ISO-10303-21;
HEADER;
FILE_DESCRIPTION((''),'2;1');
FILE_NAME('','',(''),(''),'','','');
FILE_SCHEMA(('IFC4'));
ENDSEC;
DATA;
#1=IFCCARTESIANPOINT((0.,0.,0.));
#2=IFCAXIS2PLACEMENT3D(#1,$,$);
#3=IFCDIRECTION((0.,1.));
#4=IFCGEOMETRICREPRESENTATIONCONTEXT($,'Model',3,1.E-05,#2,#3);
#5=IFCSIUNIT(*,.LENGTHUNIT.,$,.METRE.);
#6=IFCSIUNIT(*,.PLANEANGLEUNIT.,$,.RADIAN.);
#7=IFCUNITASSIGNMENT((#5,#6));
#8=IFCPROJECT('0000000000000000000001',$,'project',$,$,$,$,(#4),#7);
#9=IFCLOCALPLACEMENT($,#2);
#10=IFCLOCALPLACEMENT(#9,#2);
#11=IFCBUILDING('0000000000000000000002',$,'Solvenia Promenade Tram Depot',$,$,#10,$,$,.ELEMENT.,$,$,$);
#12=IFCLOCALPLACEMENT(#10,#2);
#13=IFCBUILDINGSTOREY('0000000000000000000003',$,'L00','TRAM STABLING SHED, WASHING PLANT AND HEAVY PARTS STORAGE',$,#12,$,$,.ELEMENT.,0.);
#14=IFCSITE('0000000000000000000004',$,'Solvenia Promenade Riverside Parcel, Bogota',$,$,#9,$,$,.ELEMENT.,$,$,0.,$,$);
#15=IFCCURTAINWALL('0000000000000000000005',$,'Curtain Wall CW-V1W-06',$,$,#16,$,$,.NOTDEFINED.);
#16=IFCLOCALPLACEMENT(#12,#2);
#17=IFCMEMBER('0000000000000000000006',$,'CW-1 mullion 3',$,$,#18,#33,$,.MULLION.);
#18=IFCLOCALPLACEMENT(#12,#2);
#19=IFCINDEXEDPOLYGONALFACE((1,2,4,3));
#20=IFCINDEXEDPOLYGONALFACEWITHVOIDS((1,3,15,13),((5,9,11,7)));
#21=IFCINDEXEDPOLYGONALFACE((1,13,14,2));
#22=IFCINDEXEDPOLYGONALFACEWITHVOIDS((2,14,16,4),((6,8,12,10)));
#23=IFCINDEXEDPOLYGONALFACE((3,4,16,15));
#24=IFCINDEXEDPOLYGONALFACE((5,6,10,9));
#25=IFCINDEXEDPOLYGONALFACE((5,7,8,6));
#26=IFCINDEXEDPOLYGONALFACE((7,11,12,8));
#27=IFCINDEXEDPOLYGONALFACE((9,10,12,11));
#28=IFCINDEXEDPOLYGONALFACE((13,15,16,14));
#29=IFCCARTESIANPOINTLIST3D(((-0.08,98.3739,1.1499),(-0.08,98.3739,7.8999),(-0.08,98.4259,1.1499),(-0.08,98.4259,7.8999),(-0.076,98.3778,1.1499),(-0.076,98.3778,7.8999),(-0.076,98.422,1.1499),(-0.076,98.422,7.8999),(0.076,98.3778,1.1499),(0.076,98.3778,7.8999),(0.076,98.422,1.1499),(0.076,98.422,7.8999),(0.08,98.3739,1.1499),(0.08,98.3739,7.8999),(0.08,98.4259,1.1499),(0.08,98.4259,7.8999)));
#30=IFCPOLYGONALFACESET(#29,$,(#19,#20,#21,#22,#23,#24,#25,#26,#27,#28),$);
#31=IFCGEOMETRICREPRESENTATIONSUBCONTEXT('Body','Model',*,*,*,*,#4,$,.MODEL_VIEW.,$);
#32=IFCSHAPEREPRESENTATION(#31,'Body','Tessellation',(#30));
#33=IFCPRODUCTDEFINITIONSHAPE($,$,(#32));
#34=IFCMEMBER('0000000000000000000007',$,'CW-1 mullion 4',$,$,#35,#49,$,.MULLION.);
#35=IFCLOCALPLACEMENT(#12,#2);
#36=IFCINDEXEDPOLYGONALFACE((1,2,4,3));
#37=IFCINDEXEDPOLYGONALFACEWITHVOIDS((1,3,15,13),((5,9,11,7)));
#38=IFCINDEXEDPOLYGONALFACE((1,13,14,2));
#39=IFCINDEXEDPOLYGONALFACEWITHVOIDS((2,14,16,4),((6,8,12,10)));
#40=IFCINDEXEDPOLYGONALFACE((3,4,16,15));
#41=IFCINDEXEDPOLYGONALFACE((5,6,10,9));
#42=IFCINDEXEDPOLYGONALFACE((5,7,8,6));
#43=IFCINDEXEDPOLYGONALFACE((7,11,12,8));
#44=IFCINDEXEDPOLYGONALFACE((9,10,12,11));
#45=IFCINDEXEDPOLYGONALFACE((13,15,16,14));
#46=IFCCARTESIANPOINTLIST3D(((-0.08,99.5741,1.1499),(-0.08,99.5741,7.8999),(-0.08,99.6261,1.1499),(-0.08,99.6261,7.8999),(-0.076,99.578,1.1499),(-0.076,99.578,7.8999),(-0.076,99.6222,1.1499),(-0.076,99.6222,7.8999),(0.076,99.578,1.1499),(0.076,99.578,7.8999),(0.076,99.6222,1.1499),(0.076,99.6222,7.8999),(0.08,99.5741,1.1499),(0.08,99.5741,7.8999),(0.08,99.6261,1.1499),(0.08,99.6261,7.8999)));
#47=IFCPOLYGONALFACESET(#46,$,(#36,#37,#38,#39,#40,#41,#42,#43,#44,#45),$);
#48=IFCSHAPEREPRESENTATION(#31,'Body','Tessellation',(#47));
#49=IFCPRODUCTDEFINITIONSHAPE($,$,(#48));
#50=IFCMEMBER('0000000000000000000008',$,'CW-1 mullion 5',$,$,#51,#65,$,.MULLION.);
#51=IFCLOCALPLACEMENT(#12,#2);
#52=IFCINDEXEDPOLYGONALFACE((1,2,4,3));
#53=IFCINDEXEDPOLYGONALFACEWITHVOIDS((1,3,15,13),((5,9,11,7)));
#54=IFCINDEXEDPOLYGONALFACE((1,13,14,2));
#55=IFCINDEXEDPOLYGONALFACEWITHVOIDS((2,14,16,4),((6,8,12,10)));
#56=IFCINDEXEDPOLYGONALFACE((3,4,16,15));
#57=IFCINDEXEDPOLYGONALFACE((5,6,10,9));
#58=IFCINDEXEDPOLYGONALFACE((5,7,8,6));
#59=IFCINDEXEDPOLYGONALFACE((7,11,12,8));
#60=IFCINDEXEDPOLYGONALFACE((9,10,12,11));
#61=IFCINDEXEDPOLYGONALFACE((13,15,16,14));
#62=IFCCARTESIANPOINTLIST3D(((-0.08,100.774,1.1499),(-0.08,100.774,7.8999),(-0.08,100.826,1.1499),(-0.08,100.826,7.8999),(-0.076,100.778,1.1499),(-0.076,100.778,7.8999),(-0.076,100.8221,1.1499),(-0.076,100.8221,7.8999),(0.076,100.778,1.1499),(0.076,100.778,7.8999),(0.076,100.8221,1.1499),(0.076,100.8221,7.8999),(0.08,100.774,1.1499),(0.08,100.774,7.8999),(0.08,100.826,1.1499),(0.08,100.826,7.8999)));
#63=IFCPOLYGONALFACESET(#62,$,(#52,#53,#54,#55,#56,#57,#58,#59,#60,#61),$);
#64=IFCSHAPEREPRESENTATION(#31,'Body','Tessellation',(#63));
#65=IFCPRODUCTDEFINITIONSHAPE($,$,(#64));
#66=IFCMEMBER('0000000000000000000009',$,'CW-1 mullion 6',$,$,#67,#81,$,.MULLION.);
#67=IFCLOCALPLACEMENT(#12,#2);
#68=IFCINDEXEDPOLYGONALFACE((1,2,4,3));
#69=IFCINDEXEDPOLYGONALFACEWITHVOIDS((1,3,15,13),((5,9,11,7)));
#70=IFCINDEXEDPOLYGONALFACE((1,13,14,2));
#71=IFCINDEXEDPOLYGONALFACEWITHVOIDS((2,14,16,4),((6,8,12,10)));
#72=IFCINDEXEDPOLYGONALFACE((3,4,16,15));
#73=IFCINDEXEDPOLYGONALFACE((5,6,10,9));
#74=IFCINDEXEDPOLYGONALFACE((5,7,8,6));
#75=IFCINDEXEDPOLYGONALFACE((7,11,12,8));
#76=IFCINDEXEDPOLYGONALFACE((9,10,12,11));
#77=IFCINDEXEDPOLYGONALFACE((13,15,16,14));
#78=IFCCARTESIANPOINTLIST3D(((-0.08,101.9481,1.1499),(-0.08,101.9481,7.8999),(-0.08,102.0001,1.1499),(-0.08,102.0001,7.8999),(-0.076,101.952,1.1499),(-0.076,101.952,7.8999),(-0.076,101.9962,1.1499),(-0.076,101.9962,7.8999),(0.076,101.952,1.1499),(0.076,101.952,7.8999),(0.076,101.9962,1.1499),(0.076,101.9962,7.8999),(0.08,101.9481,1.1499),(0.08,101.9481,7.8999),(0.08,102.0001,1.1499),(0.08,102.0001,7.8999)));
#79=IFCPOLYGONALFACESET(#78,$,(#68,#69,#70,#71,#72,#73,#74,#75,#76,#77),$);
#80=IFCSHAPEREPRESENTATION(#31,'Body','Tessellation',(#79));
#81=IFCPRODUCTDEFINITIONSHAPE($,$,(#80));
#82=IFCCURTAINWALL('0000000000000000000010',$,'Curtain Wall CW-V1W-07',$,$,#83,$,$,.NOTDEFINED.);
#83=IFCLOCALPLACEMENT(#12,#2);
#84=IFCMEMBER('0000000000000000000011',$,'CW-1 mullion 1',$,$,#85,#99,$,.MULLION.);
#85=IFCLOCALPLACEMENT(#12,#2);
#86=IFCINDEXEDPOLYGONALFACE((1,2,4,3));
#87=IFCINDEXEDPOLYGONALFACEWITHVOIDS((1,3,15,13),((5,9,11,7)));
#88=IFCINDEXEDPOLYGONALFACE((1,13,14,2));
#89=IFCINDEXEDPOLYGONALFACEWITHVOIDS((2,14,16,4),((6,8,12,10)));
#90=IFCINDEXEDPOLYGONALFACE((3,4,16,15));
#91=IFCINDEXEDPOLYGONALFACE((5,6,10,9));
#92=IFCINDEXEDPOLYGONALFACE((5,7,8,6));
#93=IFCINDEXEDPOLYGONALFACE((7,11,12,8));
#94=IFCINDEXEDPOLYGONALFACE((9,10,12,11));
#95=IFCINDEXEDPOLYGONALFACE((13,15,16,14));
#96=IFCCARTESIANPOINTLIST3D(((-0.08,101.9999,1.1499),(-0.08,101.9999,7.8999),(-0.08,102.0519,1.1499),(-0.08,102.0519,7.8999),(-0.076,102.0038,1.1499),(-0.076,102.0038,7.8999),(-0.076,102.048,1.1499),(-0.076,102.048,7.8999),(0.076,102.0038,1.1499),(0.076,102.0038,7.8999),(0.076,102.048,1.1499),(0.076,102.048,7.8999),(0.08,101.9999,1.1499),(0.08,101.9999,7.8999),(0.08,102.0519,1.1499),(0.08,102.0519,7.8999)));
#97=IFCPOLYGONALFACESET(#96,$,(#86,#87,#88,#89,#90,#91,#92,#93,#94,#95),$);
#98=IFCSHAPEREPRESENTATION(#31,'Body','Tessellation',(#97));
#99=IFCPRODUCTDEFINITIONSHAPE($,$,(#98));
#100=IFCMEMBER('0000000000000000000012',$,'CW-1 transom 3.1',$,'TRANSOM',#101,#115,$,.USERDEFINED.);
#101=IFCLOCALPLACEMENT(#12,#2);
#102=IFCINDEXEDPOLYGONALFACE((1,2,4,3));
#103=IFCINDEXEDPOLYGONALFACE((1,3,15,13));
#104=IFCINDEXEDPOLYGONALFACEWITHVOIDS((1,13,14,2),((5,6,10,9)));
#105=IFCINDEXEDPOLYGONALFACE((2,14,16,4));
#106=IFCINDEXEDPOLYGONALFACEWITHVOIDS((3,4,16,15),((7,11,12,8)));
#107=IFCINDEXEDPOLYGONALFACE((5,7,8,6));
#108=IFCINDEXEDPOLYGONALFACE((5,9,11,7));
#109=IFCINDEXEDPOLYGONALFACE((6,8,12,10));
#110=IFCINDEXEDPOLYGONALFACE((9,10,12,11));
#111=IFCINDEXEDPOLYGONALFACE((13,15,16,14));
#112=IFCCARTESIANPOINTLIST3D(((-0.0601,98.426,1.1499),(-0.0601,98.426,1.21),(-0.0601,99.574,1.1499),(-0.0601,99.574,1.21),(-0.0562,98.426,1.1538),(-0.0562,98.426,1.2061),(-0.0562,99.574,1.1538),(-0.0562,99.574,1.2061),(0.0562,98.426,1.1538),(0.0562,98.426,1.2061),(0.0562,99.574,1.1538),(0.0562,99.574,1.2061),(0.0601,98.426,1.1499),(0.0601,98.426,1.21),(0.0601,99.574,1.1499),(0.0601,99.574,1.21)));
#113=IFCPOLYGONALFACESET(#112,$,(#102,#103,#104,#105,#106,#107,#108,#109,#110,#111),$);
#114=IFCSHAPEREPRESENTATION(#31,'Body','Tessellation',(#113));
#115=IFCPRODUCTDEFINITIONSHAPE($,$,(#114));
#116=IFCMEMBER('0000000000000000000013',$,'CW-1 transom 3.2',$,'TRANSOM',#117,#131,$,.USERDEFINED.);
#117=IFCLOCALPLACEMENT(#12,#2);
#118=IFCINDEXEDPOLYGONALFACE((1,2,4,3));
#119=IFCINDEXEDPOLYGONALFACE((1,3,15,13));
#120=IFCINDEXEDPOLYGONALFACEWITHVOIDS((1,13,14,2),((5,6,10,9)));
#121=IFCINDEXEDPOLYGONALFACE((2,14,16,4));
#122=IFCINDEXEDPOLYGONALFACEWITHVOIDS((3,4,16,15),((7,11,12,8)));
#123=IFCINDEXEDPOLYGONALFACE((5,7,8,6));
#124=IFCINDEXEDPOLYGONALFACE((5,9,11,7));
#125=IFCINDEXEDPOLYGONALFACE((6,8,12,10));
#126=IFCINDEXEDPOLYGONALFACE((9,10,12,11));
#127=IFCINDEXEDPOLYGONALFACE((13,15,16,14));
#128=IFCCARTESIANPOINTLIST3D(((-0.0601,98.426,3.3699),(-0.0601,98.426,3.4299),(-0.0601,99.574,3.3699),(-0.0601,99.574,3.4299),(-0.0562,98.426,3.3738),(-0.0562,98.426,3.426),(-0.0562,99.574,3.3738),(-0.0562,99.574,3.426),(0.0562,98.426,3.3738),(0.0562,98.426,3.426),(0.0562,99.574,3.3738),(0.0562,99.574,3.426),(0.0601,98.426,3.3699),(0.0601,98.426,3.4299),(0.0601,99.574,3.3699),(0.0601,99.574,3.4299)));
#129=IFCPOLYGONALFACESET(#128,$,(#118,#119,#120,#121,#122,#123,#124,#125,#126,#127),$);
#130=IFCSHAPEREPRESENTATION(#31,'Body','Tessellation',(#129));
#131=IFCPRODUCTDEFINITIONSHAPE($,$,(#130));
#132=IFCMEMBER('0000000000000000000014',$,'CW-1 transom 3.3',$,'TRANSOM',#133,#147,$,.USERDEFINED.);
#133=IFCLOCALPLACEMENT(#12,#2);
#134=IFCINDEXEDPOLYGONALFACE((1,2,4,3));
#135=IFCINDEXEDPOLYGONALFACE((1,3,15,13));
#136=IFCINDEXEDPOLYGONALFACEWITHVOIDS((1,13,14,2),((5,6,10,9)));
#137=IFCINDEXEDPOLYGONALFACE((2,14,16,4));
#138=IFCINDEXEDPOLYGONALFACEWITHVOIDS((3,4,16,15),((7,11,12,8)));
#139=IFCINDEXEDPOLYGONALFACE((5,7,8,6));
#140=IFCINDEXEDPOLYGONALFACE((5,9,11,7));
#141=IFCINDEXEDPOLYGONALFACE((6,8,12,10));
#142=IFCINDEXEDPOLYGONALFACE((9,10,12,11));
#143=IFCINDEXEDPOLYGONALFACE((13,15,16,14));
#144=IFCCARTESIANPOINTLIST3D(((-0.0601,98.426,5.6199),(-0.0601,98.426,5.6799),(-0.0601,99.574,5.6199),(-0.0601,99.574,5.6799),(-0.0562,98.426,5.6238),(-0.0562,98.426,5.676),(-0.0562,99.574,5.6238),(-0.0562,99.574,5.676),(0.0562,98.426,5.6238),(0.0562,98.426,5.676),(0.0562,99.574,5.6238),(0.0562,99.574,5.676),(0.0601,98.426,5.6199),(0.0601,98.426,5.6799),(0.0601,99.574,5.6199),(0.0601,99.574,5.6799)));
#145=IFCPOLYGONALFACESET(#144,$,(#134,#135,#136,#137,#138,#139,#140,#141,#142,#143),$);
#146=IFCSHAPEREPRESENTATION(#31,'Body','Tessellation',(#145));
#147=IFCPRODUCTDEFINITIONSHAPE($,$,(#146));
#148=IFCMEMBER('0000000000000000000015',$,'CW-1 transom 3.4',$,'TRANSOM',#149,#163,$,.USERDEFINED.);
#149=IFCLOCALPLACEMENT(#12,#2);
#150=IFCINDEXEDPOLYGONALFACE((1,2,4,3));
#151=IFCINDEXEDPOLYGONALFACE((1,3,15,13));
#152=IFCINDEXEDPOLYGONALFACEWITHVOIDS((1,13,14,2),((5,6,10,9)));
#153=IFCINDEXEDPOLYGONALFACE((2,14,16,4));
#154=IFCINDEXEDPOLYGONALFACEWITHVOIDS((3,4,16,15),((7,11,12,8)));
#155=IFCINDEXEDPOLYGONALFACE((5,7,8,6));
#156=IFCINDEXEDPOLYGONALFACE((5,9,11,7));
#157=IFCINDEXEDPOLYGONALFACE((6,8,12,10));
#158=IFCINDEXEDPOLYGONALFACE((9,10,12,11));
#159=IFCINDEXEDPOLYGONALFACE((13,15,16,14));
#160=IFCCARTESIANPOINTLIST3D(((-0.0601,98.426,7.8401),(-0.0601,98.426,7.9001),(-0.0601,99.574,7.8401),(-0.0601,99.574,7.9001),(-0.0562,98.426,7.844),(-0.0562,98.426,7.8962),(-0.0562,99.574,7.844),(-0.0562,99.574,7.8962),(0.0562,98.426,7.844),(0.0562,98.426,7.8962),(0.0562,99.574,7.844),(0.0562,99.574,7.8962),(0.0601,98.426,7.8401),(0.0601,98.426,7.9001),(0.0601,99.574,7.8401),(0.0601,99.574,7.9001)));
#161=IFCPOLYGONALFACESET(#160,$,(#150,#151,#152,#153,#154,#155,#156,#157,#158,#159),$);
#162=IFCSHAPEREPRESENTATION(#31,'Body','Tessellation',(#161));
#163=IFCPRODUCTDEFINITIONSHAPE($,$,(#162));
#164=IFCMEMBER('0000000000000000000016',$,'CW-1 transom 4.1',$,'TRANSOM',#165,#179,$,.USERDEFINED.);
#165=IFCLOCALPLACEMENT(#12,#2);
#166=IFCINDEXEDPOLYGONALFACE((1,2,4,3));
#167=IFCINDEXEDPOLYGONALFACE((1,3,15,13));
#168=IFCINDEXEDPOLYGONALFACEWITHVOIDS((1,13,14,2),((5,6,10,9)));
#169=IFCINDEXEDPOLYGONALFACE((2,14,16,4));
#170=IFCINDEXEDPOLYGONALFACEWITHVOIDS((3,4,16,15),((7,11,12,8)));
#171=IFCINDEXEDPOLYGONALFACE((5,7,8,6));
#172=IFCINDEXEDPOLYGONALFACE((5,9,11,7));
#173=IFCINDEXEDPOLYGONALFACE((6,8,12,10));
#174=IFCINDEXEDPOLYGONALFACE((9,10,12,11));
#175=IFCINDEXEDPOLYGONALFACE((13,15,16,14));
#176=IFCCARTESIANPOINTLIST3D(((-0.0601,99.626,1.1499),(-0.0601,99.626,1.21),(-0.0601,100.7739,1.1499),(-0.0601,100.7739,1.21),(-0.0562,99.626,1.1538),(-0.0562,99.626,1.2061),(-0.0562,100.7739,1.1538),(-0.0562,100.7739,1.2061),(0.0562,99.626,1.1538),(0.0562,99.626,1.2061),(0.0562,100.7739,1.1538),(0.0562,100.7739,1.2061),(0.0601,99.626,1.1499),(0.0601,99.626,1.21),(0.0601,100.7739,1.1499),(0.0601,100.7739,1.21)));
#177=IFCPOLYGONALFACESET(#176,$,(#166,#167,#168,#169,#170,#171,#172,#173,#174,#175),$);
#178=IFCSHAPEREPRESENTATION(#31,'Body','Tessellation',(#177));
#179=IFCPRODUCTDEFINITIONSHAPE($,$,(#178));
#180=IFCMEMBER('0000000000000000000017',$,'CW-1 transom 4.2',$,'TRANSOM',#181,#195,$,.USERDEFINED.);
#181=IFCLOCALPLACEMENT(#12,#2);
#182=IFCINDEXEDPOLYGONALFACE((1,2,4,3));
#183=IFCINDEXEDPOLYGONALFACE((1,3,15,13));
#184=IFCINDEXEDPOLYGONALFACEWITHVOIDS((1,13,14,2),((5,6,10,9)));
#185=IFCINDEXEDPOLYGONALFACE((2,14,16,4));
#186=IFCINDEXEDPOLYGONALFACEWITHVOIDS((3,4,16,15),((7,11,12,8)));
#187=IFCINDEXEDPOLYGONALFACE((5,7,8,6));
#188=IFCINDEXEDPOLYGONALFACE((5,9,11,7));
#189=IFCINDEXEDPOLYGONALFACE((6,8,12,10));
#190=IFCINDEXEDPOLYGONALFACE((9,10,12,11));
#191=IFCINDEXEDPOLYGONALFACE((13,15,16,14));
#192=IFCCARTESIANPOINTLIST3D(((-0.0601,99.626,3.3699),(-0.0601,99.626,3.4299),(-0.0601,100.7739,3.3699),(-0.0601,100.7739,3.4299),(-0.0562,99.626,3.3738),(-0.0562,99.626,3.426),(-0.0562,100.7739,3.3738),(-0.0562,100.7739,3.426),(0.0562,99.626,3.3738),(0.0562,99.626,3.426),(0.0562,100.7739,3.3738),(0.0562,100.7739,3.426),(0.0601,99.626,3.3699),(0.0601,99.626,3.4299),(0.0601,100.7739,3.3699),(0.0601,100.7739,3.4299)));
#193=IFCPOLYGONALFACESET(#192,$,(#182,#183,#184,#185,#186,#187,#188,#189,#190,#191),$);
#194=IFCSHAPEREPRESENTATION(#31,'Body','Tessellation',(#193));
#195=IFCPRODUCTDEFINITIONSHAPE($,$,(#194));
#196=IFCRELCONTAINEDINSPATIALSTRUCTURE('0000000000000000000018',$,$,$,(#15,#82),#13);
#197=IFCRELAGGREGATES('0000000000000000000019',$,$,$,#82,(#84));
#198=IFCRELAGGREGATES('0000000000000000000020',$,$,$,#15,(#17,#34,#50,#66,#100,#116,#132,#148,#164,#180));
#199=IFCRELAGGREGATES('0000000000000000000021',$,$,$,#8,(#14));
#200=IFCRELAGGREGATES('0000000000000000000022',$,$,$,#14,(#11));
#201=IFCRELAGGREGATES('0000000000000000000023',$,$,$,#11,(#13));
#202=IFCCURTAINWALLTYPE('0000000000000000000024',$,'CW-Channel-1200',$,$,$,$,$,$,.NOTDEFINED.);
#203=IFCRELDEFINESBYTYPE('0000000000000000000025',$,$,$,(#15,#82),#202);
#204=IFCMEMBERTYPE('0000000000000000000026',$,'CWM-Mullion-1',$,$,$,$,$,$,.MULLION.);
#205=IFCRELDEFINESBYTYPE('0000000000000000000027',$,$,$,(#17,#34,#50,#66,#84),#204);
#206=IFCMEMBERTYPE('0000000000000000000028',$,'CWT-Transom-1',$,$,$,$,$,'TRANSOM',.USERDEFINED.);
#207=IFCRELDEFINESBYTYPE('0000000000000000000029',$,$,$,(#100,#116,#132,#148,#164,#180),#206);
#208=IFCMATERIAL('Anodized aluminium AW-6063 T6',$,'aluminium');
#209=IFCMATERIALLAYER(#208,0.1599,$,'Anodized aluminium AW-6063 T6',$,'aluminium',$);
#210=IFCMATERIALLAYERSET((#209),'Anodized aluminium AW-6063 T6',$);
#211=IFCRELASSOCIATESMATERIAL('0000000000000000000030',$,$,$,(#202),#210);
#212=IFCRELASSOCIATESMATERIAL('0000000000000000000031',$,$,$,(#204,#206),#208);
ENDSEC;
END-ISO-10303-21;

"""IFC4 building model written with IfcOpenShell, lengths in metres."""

from ifc_helpers import new_model, si_unit, direction, frame, origin, origin_2d, place, context, subcontext, project, spatial, hollow_rectangle, extrude, material, layer, layer_set, material_profile, profile_set, type_object, element, aggregate, save


model = new_model("IFC4")

# Units and contexts
model_context = context("Model", 3, precision=1e-05, world=origin(), true_north=direction((0.0, 1.0)))
body_context = subcontext(model_context, "Body", "Model", "MODEL_VIEW")
ifc_project = project(units=[si_unit("LENGTHUNIT", "METRE"), si_unit("PLANEANGLEUNIT", "RADIAN")], contexts=[model_context])

# Site, building, storey
site_placement = place(None, origin())
site = spatial("IfcSite", under=ifc_project, at=site_placement, Name="Solvenia Promenade Riverside Parcel, Bogota", CompositionType="ELEMENT", RefElevation=0.0)
building_placement = place(site_placement, origin())
building = spatial("IfcBuilding", under=site, at=building_placement, Name="Solvenia Promenade Tram Depot", CompositionType="ELEMENT")
storey_placement = place(building_placement, origin())
storey = spatial("IfcBuildingStorey", under=building, at=storey_placement, Name="L00", Description="TRAM STABLING SHED, WASHING PLANT AND HEAVY PARTS STORAGE", CompositionType="ELEMENT", Elevation=0.0)

# Curtain wall, members
ifc_material_1 = material(Name="Anodized aluminium AW-6063 T6", Category="aluminium")
ifc_layer_1 = layer(ifc_material_1, 0.1599, Name="Anodized aluminium AW-6063 T6", Category="aluminium")
ifc_layer_set_1 = layer_set([ifc_layer_1], Name="Anodized aluminium AW-6063 T6")
curtain_wall_type = type_object("IfcCurtainWallType", Name="CW-Channel-1200", PredefinedType="NOTDEFINED", material=ifc_layer_set_1)
curtain_wall_1_placement = place(storey_placement, origin())
curtain_wall_1 = element("IfcCurtainWall", 1, at=curtain_wall_1_placement, inside=storey, type_object=curtain_wall_type, Name="Curtain Wall CW-V1W-06", PredefinedType="NOTDEFINED")
ifc_material_profile_1 = material_profile(ifc_material_1, hollow_rectangle(XDim=0.1599, YDim=0.052, WallThickness=0.0039, at=origin_2d()), Name="ALU-M1", Category="aluminium")
ifc_profile_set_1 = profile_set([ifc_material_profile_1], Name="Anodized aluminium AW-6063 T6")
member_type_1 = type_object("IfcMemberType", Name="CWM-Mullion-1", PredefinedType="MULLION", material=ifc_profile_set_1)
member_1_placement = place(storey_placement, frame((0.0, 98.3999, 1.1499), z_axis=(0.0, 0.0, 1.0), x_axis=(-1.0, 0.0, 0.0)))
member_1 = element("IfcMember", 2, at=member_1_placement, type_object=member_type_1, Name="CW-1 mullion 3", PredefinedType="MULLION", context=body_context, shape_type="SweptSolid", body=[
    extrude(hollow_rectangle(XDim=0.1599, YDim=0.052, WallThickness=0.0039, at=origin_2d()), origin(), (0.0, 0.0, 1.0), 6.75),
])
member_2_placement = place(storey_placement, frame((0.0, 99.6001, 1.1499), z_axis=(0.0, 0.0, 1.0), x_axis=(-1.0, 0.0, 0.0)))
member_2 = element("IfcMember", 3, at=member_2_placement, type_object=member_type_1, Name="CW-1 mullion 4", PredefinedType="MULLION", context=body_context, shape_type="SweptSolid", body=[
    extrude(hollow_rectangle(XDim=0.1599, YDim=0.052, WallThickness=0.0039, at=origin_2d()), origin(), (0.0, 0.0, 1.0), 6.75),
])
member_3_placement = place(storey_placement, frame((0.0, 100.8, 1.1499), z_axis=(0.0, 0.0, 1.0), x_axis=(-1.0, 0.0, 0.0)))
member_3 = element("IfcMember", 4, at=member_3_placement, type_object=member_type_1, Name="CW-1 mullion 5", PredefinedType="MULLION", context=body_context, shape_type="SweptSolid", body=[
    extrude(hollow_rectangle(XDim=0.1599, YDim=0.052, WallThickness=0.0039, at=origin_2d()), origin(), (0.0, 0.0, 1.0), 6.75),
])
member_4_placement = place(storey_placement, frame((0.0, 101.9741, 1.1499), z_axis=(0.0, 0.0, 1.0), x_axis=(-1.0, 0.0, 0.0)))
member_4 = element("IfcMember", 5, at=member_4_placement, type_object=member_type_1, Name="CW-1 mullion 6", PredefinedType="MULLION", context=body_context, shape_type="SweptSolid", body=[
    extrude(hollow_rectangle(XDim=0.1599, YDim=0.052, WallThickness=0.0039, at=origin_2d()), origin(), (0.0, 0.0, 1.0), 6.75),
])

# Curtain wall, member
curtain_wall_2_placement = place(storey_placement, origin())
curtain_wall_2 = element("IfcCurtainWall", 6, at=curtain_wall_2_placement, inside=storey, type_object=curtain_wall_type, Name="Curtain Wall CW-V1W-07", PredefinedType="NOTDEFINED")
member_5_placement = place(storey_placement, frame((0.0, 102.0259, 1.1499), z_axis=(0.0, 0.0, 1.0), x_axis=(-1.0, 0.0, 0.0)))
member_5 = element("IfcMember", 7, at=member_5_placement, type_object=member_type_1, Name="CW-1 mullion 1", PredefinedType="MULLION", context=body_context, shape_type="SweptSolid", body=[
    extrude(hollow_rectangle(XDim=0.1599, YDim=0.052, WallThickness=0.0039, at=origin_2d()), origin(), (0.0, 0.0, 1.0), 6.75),
])

# Members
ifc_material_profile_2 = material_profile(ifc_material_1, hollow_rectangle(XDim=0.1201, YDim=0.0601, WallThickness=0.0039, at=origin_2d()), Name="ALU-T1", Category="aluminium")
ifc_profile_set_2 = profile_set([ifc_material_profile_2], Name="Anodized aluminium AW-6063 T6")
member_type_2 = type_object("IfcMemberType", Name="CWT-Transom-1", ElementType="TRANSOM", PredefinedType="USERDEFINED", material=ifc_profile_set_2)
member_6_placement = place(storey_placement, frame((0.0, 98.426, 1.1799), z_axis=(0.0, 1.0, 0.0), x_axis=(-1.0, 0.0, 0.0)))
member_6 = element("IfcMember", 8, at=member_6_placement, type_object=member_type_2, Name="CW-1 transom 3.1", ObjectType="TRANSOM", PredefinedType="USERDEFINED", context=body_context, shape_type="SweptSolid", body=[
    extrude(hollow_rectangle(XDim=0.1201, YDim=0.0601, WallThickness=0.0039, at=origin_2d()), origin(), (0.0, 0.0, 1.0), 1.1479),
])
member_7_placement = place(storey_placement, frame((0.0, 98.426, 3.3999), z_axis=(0.0, 1.0, 0.0), x_axis=(-1.0, 0.0, 0.0)))
member_7 = element("IfcMember", 9, at=member_7_placement, type_object=member_type_2, Name="CW-1 transom 3.2", ObjectType="TRANSOM", PredefinedType="USERDEFINED", context=body_context, shape_type="SweptSolid", body=[
    extrude(hollow_rectangle(XDim=0.1201, YDim=0.0601, WallThickness=0.0039, at=origin_2d()), origin(), (0.0, 0.0, 1.0), 1.1479),
])
member_8_placement = place(storey_placement, frame((0.0, 98.426, 5.6499), z_axis=(0.0, 1.0, 0.0), x_axis=(-1.0, 0.0, 0.0)))
member_8 = element("IfcMember", 10, at=member_8_placement, type_object=member_type_2, Name="CW-1 transom 3.3", ObjectType="TRANSOM", PredefinedType="USERDEFINED", context=body_context, shape_type="SweptSolid", body=[
    extrude(hollow_rectangle(XDim=0.1201, YDim=0.0601, WallThickness=0.0039, at=origin_2d()), origin(), (0.0, 0.0, 1.0), 1.1479),
])
member_9_placement = place(storey_placement, frame((0.0, 98.426, 7.8701), z_axis=(0.0, 1.0, 0.0), x_axis=(-1.0, 0.0, 0.0)))
member_9 = element("IfcMember", 11, at=member_9_placement, type_object=member_type_2, Name="CW-1 transom 3.4", ObjectType="TRANSOM", PredefinedType="USERDEFINED", context=body_context, shape_type="SweptSolid", body=[
    extrude(hollow_rectangle(XDim=0.1201, YDim=0.0601, WallThickness=0.0039, at=origin_2d()), origin(), (0.0, 0.0, 1.0), 1.1479),
])
member_10_placement = place(storey_placement, frame((0.0, 99.626, 1.1799), z_axis=(0.0, 1.0, 0.0), x_axis=(-1.0, 0.0, 0.0)))
member_10 = element("IfcMember", 12, at=member_10_placement, type_object=member_type_2, Name="CW-1 transom 4.1", ObjectType="TRANSOM", PredefinedType="USERDEFINED", context=body_context, shape_type="SweptSolid", body=[
    extrude(hollow_rectangle(XDim=0.1201, YDim=0.0601, WallThickness=0.0039, at=origin_2d()), origin(), (0.0, 0.0, 1.0), 1.1479),
])
member_11_placement = place(storey_placement, frame((0.0, 99.626, 3.3999), z_axis=(0.0, 1.0, 0.0), x_axis=(-1.0, 0.0, 0.0)))
member_11 = element("IfcMember", 13, at=member_11_placement, type_object=member_type_2, Name="CW-1 transom 4.2", ObjectType="TRANSOM", PredefinedType="USERDEFINED", context=body_context, shape_type="SweptSolid", body=[
    extrude(hollow_rectangle(XDim=0.1201, YDim=0.0601, WallThickness=0.0039, at=origin_2d()), origin(), (0.0, 0.0, 1.0), 1.1479),
])
aggregate(curtain_wall_2, [member_5])

aggregate(curtain_wall_1, [member_1, member_2, member_3, member_4, member_6, member_7, member_8, member_9, member_10, member_11])

save(model, "model.ifc")
